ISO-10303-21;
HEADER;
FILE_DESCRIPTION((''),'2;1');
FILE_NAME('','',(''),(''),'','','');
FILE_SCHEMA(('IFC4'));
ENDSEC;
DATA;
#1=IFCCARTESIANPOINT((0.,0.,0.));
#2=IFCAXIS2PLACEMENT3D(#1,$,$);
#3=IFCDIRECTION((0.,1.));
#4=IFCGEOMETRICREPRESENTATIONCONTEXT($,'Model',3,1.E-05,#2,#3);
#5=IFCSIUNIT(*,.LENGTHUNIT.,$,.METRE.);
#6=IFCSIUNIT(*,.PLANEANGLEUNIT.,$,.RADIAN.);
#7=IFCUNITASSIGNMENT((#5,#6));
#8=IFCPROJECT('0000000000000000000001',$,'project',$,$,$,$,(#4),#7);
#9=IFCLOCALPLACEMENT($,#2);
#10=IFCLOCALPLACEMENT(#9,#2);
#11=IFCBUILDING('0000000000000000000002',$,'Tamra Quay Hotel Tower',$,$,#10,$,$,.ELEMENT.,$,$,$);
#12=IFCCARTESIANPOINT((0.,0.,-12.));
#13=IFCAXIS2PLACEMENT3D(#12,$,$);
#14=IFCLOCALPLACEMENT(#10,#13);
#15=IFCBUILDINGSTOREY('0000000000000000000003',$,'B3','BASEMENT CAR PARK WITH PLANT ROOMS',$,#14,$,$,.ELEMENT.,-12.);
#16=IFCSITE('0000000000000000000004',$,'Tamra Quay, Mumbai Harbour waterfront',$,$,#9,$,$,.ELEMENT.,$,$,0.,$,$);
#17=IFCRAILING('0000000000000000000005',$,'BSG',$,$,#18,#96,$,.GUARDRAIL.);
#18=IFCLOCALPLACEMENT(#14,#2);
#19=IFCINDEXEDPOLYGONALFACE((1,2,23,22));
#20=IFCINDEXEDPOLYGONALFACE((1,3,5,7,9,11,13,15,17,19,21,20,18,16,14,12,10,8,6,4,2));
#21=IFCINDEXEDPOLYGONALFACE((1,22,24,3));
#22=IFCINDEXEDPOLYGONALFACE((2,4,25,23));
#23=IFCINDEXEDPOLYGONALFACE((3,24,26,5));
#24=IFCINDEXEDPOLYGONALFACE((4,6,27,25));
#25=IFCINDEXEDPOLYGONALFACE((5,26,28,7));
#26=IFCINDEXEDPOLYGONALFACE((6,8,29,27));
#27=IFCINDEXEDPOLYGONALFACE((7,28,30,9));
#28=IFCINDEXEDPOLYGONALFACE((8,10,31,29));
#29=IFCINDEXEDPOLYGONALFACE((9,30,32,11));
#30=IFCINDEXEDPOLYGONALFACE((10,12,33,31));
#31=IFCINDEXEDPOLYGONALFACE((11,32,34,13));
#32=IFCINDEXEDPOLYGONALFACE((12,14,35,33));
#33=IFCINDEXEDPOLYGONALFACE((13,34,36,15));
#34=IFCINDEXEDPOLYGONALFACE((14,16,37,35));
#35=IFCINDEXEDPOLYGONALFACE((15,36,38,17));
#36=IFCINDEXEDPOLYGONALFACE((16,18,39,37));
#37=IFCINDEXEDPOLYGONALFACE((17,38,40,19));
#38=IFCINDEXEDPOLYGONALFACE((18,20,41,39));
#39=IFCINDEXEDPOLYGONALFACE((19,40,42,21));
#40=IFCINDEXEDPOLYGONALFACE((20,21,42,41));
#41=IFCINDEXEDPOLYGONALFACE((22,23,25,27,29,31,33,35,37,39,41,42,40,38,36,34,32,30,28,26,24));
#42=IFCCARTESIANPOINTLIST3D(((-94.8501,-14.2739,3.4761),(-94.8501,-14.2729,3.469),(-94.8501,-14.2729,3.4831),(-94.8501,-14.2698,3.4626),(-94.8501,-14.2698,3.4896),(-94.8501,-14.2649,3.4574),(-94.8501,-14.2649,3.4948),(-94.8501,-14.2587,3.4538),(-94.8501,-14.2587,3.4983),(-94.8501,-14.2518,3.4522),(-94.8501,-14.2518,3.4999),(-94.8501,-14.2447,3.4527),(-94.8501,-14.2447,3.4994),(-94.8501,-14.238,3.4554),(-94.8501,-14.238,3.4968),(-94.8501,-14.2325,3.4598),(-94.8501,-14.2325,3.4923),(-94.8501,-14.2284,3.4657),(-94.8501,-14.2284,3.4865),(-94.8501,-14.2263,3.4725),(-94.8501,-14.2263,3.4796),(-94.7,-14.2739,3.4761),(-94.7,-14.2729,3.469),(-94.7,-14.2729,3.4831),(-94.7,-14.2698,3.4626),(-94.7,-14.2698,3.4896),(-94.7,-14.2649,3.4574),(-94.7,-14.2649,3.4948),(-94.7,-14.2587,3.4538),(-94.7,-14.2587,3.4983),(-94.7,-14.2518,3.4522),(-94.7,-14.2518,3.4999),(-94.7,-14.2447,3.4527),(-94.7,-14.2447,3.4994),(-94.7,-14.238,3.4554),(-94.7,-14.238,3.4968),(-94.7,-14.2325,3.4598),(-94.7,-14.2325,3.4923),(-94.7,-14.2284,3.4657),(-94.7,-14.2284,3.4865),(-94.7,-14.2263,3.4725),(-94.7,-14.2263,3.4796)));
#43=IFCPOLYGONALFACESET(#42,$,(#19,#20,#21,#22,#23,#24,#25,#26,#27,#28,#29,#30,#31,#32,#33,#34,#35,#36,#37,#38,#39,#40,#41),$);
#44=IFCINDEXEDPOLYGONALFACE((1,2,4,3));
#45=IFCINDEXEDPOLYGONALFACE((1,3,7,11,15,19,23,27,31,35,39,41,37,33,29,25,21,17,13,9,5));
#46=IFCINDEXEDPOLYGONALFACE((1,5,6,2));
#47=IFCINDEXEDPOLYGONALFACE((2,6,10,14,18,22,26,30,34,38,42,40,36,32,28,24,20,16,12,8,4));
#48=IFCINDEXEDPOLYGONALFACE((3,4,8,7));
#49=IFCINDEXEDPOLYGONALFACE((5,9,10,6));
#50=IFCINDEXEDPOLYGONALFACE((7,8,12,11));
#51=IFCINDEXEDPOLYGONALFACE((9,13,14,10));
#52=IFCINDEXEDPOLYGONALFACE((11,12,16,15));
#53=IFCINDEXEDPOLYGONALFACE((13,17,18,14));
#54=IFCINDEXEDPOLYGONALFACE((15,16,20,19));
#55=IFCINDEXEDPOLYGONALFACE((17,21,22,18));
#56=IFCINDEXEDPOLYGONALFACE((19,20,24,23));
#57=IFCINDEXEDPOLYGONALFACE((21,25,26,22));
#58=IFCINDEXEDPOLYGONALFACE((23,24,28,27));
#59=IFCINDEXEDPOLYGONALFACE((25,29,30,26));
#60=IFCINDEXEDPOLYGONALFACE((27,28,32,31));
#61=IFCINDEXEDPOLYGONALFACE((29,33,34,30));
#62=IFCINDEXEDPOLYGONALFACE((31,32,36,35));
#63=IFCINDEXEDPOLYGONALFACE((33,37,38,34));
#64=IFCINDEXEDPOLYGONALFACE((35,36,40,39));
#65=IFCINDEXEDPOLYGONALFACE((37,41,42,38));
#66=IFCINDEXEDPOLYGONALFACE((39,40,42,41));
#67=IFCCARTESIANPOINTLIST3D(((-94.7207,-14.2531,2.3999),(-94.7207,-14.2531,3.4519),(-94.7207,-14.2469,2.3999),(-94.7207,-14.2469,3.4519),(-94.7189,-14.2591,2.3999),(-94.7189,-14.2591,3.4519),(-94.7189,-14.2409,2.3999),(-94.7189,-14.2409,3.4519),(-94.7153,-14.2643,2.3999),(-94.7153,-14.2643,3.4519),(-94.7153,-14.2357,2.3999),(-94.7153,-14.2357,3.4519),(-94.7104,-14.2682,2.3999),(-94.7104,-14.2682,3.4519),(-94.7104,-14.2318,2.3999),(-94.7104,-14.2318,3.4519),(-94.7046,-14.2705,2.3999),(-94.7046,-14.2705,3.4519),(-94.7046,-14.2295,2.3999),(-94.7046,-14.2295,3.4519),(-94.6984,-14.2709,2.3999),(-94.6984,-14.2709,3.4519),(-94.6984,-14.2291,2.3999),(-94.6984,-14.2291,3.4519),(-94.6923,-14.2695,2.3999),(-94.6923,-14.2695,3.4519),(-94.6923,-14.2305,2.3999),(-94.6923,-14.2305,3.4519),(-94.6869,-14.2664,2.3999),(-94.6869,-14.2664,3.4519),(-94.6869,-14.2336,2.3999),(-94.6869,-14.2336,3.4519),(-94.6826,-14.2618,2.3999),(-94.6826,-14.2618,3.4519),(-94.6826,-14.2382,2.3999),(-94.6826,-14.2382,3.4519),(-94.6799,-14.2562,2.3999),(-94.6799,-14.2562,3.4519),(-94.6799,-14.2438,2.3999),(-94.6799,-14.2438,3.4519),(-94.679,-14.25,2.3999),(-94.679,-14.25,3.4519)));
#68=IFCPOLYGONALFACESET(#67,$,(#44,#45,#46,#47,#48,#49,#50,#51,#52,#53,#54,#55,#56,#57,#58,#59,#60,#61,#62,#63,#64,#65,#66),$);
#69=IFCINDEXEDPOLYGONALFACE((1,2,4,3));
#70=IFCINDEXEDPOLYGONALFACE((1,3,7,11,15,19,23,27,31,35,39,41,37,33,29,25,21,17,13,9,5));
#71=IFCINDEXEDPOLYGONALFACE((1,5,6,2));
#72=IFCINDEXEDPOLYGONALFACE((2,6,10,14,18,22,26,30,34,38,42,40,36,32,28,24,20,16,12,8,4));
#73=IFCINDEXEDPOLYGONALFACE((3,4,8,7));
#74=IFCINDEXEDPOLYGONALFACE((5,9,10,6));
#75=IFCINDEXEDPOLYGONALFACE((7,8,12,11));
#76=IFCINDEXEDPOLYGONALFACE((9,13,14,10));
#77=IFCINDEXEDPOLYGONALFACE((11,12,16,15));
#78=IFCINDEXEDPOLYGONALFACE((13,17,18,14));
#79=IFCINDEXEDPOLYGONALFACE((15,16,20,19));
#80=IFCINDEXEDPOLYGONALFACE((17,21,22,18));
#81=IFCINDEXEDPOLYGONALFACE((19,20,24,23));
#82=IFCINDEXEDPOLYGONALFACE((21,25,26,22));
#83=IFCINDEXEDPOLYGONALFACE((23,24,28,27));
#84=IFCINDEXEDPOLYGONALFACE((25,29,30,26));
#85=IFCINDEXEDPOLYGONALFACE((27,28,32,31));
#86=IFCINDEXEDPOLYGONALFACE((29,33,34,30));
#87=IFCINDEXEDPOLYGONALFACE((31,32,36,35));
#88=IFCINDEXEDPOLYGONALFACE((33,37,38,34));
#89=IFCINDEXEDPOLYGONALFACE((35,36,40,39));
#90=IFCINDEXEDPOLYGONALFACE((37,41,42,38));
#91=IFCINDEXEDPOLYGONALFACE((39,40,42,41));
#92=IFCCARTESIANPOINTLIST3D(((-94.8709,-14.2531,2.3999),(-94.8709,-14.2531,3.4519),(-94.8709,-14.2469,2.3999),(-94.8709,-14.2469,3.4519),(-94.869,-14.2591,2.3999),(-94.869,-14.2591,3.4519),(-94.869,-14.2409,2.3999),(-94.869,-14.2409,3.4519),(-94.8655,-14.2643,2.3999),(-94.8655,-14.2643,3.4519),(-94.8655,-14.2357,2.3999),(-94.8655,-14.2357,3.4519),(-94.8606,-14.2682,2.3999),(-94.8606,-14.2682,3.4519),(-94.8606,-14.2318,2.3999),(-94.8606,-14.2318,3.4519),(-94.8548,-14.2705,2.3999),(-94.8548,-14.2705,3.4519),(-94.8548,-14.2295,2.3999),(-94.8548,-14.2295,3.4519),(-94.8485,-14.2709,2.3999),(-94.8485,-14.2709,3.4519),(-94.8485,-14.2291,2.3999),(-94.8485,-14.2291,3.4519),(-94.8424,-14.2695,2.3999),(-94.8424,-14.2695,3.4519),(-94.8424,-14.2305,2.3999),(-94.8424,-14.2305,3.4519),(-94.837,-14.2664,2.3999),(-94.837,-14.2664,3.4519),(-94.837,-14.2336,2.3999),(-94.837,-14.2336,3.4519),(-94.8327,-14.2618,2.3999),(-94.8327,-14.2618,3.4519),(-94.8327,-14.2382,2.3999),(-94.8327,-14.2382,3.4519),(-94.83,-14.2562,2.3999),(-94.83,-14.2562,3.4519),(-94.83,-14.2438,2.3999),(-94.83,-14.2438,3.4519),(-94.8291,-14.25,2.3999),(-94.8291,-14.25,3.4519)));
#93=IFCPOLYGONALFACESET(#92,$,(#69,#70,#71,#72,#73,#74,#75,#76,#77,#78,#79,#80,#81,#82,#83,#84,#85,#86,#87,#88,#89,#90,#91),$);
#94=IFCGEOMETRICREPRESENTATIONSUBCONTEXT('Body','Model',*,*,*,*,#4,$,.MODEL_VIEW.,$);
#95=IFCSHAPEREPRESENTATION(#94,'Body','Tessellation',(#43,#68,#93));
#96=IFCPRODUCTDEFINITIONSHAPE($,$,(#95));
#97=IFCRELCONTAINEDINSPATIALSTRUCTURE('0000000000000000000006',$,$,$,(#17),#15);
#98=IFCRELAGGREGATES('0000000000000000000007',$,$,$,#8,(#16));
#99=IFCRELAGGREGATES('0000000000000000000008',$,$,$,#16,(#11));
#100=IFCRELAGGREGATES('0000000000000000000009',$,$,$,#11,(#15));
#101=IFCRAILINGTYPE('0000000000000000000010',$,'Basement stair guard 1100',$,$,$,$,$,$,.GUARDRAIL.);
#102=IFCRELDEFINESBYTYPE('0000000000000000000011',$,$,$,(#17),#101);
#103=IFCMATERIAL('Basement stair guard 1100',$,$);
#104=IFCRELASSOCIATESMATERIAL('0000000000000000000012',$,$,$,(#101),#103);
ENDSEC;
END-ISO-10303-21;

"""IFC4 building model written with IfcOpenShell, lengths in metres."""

from ifc_helpers import new_model, si_unit, direction, frame, origin, origin_2d, place, context, subcontext, project, spatial, circle, extrude, material, type_object, element, save


model = new_model("IFC4")

# Units and contexts
model_context = context("Model", 3, precision=1e-05, world=origin(), true_north=direction((0.0, 1.0)))
body_context = subcontext(model_context, "Body", "Model", "MODEL_VIEW")
ifc_project = project(units=[si_unit("LENGTHUNIT", "METRE"), si_unit("PLANEANGLEUNIT", "RADIAN")], contexts=[model_context])

# Site, building, storey
site_placement = place(None, origin())
site = spatial("IfcSite", under=ifc_project, at=site_placement, Name="Tamra Quay, Mumbai Harbour waterfront", CompositionType="ELEMENT", RefElevation=0.0)
building_placement = place(site_placement, origin())
building = spatial("IfcBuilding", under=site, at=building_placement, Name="Tamra Quay Hotel Tower", CompositionType="ELEMENT")
storey_placement = place(building_placement, frame((0.0, 0.0, -12.0)))
storey = spatial("IfcBuildingStorey", under=building, at=storey_placement, Name="B3", Description="BASEMENT CAR PARK WITH PLANT ROOMS", CompositionType="ELEMENT", Elevation=-12.0)

# Railing
ifc_material_1 = material(Name="Basement stair guard 1100")
railing_type_1 = type_object("IfcRailingType", Name="Basement stair guard 1100", PredefinedType="GUARDRAIL", material=ifc_material_1)
railing_1_placement = place(storey_placement, frame((-94.7, -14.25, 2.3999)))
element("IfcRailing", 1, at=railing_1_placement, inside=storey, type_object=railing_type_1, Name="BSG", PredefinedType="GUARDRAIL", context=body_context, shape_type="SweptSolid", body=[
    extrude(circle(Radius=0.0239, at=origin_2d()), frame((0.0, 0.0, 1.0762), z_axis=(-1.0, 0.0, 0.0), x_axis=(0.0, -1.0, 0.0)), (0.0, 0.0, 1.0), 0.1501),
    extrude(circle(Radius=0.021, at=origin_2d()), origin(), (0.0, 0.0, 1.0), 1.052),
    extrude(circle(Radius=0.021, at=origin_2d()), frame((-0.1501, 0.0, 0.0)), (0.0, 0.0, 1.0), 1.052),
])

save(model, "model.ifc")
